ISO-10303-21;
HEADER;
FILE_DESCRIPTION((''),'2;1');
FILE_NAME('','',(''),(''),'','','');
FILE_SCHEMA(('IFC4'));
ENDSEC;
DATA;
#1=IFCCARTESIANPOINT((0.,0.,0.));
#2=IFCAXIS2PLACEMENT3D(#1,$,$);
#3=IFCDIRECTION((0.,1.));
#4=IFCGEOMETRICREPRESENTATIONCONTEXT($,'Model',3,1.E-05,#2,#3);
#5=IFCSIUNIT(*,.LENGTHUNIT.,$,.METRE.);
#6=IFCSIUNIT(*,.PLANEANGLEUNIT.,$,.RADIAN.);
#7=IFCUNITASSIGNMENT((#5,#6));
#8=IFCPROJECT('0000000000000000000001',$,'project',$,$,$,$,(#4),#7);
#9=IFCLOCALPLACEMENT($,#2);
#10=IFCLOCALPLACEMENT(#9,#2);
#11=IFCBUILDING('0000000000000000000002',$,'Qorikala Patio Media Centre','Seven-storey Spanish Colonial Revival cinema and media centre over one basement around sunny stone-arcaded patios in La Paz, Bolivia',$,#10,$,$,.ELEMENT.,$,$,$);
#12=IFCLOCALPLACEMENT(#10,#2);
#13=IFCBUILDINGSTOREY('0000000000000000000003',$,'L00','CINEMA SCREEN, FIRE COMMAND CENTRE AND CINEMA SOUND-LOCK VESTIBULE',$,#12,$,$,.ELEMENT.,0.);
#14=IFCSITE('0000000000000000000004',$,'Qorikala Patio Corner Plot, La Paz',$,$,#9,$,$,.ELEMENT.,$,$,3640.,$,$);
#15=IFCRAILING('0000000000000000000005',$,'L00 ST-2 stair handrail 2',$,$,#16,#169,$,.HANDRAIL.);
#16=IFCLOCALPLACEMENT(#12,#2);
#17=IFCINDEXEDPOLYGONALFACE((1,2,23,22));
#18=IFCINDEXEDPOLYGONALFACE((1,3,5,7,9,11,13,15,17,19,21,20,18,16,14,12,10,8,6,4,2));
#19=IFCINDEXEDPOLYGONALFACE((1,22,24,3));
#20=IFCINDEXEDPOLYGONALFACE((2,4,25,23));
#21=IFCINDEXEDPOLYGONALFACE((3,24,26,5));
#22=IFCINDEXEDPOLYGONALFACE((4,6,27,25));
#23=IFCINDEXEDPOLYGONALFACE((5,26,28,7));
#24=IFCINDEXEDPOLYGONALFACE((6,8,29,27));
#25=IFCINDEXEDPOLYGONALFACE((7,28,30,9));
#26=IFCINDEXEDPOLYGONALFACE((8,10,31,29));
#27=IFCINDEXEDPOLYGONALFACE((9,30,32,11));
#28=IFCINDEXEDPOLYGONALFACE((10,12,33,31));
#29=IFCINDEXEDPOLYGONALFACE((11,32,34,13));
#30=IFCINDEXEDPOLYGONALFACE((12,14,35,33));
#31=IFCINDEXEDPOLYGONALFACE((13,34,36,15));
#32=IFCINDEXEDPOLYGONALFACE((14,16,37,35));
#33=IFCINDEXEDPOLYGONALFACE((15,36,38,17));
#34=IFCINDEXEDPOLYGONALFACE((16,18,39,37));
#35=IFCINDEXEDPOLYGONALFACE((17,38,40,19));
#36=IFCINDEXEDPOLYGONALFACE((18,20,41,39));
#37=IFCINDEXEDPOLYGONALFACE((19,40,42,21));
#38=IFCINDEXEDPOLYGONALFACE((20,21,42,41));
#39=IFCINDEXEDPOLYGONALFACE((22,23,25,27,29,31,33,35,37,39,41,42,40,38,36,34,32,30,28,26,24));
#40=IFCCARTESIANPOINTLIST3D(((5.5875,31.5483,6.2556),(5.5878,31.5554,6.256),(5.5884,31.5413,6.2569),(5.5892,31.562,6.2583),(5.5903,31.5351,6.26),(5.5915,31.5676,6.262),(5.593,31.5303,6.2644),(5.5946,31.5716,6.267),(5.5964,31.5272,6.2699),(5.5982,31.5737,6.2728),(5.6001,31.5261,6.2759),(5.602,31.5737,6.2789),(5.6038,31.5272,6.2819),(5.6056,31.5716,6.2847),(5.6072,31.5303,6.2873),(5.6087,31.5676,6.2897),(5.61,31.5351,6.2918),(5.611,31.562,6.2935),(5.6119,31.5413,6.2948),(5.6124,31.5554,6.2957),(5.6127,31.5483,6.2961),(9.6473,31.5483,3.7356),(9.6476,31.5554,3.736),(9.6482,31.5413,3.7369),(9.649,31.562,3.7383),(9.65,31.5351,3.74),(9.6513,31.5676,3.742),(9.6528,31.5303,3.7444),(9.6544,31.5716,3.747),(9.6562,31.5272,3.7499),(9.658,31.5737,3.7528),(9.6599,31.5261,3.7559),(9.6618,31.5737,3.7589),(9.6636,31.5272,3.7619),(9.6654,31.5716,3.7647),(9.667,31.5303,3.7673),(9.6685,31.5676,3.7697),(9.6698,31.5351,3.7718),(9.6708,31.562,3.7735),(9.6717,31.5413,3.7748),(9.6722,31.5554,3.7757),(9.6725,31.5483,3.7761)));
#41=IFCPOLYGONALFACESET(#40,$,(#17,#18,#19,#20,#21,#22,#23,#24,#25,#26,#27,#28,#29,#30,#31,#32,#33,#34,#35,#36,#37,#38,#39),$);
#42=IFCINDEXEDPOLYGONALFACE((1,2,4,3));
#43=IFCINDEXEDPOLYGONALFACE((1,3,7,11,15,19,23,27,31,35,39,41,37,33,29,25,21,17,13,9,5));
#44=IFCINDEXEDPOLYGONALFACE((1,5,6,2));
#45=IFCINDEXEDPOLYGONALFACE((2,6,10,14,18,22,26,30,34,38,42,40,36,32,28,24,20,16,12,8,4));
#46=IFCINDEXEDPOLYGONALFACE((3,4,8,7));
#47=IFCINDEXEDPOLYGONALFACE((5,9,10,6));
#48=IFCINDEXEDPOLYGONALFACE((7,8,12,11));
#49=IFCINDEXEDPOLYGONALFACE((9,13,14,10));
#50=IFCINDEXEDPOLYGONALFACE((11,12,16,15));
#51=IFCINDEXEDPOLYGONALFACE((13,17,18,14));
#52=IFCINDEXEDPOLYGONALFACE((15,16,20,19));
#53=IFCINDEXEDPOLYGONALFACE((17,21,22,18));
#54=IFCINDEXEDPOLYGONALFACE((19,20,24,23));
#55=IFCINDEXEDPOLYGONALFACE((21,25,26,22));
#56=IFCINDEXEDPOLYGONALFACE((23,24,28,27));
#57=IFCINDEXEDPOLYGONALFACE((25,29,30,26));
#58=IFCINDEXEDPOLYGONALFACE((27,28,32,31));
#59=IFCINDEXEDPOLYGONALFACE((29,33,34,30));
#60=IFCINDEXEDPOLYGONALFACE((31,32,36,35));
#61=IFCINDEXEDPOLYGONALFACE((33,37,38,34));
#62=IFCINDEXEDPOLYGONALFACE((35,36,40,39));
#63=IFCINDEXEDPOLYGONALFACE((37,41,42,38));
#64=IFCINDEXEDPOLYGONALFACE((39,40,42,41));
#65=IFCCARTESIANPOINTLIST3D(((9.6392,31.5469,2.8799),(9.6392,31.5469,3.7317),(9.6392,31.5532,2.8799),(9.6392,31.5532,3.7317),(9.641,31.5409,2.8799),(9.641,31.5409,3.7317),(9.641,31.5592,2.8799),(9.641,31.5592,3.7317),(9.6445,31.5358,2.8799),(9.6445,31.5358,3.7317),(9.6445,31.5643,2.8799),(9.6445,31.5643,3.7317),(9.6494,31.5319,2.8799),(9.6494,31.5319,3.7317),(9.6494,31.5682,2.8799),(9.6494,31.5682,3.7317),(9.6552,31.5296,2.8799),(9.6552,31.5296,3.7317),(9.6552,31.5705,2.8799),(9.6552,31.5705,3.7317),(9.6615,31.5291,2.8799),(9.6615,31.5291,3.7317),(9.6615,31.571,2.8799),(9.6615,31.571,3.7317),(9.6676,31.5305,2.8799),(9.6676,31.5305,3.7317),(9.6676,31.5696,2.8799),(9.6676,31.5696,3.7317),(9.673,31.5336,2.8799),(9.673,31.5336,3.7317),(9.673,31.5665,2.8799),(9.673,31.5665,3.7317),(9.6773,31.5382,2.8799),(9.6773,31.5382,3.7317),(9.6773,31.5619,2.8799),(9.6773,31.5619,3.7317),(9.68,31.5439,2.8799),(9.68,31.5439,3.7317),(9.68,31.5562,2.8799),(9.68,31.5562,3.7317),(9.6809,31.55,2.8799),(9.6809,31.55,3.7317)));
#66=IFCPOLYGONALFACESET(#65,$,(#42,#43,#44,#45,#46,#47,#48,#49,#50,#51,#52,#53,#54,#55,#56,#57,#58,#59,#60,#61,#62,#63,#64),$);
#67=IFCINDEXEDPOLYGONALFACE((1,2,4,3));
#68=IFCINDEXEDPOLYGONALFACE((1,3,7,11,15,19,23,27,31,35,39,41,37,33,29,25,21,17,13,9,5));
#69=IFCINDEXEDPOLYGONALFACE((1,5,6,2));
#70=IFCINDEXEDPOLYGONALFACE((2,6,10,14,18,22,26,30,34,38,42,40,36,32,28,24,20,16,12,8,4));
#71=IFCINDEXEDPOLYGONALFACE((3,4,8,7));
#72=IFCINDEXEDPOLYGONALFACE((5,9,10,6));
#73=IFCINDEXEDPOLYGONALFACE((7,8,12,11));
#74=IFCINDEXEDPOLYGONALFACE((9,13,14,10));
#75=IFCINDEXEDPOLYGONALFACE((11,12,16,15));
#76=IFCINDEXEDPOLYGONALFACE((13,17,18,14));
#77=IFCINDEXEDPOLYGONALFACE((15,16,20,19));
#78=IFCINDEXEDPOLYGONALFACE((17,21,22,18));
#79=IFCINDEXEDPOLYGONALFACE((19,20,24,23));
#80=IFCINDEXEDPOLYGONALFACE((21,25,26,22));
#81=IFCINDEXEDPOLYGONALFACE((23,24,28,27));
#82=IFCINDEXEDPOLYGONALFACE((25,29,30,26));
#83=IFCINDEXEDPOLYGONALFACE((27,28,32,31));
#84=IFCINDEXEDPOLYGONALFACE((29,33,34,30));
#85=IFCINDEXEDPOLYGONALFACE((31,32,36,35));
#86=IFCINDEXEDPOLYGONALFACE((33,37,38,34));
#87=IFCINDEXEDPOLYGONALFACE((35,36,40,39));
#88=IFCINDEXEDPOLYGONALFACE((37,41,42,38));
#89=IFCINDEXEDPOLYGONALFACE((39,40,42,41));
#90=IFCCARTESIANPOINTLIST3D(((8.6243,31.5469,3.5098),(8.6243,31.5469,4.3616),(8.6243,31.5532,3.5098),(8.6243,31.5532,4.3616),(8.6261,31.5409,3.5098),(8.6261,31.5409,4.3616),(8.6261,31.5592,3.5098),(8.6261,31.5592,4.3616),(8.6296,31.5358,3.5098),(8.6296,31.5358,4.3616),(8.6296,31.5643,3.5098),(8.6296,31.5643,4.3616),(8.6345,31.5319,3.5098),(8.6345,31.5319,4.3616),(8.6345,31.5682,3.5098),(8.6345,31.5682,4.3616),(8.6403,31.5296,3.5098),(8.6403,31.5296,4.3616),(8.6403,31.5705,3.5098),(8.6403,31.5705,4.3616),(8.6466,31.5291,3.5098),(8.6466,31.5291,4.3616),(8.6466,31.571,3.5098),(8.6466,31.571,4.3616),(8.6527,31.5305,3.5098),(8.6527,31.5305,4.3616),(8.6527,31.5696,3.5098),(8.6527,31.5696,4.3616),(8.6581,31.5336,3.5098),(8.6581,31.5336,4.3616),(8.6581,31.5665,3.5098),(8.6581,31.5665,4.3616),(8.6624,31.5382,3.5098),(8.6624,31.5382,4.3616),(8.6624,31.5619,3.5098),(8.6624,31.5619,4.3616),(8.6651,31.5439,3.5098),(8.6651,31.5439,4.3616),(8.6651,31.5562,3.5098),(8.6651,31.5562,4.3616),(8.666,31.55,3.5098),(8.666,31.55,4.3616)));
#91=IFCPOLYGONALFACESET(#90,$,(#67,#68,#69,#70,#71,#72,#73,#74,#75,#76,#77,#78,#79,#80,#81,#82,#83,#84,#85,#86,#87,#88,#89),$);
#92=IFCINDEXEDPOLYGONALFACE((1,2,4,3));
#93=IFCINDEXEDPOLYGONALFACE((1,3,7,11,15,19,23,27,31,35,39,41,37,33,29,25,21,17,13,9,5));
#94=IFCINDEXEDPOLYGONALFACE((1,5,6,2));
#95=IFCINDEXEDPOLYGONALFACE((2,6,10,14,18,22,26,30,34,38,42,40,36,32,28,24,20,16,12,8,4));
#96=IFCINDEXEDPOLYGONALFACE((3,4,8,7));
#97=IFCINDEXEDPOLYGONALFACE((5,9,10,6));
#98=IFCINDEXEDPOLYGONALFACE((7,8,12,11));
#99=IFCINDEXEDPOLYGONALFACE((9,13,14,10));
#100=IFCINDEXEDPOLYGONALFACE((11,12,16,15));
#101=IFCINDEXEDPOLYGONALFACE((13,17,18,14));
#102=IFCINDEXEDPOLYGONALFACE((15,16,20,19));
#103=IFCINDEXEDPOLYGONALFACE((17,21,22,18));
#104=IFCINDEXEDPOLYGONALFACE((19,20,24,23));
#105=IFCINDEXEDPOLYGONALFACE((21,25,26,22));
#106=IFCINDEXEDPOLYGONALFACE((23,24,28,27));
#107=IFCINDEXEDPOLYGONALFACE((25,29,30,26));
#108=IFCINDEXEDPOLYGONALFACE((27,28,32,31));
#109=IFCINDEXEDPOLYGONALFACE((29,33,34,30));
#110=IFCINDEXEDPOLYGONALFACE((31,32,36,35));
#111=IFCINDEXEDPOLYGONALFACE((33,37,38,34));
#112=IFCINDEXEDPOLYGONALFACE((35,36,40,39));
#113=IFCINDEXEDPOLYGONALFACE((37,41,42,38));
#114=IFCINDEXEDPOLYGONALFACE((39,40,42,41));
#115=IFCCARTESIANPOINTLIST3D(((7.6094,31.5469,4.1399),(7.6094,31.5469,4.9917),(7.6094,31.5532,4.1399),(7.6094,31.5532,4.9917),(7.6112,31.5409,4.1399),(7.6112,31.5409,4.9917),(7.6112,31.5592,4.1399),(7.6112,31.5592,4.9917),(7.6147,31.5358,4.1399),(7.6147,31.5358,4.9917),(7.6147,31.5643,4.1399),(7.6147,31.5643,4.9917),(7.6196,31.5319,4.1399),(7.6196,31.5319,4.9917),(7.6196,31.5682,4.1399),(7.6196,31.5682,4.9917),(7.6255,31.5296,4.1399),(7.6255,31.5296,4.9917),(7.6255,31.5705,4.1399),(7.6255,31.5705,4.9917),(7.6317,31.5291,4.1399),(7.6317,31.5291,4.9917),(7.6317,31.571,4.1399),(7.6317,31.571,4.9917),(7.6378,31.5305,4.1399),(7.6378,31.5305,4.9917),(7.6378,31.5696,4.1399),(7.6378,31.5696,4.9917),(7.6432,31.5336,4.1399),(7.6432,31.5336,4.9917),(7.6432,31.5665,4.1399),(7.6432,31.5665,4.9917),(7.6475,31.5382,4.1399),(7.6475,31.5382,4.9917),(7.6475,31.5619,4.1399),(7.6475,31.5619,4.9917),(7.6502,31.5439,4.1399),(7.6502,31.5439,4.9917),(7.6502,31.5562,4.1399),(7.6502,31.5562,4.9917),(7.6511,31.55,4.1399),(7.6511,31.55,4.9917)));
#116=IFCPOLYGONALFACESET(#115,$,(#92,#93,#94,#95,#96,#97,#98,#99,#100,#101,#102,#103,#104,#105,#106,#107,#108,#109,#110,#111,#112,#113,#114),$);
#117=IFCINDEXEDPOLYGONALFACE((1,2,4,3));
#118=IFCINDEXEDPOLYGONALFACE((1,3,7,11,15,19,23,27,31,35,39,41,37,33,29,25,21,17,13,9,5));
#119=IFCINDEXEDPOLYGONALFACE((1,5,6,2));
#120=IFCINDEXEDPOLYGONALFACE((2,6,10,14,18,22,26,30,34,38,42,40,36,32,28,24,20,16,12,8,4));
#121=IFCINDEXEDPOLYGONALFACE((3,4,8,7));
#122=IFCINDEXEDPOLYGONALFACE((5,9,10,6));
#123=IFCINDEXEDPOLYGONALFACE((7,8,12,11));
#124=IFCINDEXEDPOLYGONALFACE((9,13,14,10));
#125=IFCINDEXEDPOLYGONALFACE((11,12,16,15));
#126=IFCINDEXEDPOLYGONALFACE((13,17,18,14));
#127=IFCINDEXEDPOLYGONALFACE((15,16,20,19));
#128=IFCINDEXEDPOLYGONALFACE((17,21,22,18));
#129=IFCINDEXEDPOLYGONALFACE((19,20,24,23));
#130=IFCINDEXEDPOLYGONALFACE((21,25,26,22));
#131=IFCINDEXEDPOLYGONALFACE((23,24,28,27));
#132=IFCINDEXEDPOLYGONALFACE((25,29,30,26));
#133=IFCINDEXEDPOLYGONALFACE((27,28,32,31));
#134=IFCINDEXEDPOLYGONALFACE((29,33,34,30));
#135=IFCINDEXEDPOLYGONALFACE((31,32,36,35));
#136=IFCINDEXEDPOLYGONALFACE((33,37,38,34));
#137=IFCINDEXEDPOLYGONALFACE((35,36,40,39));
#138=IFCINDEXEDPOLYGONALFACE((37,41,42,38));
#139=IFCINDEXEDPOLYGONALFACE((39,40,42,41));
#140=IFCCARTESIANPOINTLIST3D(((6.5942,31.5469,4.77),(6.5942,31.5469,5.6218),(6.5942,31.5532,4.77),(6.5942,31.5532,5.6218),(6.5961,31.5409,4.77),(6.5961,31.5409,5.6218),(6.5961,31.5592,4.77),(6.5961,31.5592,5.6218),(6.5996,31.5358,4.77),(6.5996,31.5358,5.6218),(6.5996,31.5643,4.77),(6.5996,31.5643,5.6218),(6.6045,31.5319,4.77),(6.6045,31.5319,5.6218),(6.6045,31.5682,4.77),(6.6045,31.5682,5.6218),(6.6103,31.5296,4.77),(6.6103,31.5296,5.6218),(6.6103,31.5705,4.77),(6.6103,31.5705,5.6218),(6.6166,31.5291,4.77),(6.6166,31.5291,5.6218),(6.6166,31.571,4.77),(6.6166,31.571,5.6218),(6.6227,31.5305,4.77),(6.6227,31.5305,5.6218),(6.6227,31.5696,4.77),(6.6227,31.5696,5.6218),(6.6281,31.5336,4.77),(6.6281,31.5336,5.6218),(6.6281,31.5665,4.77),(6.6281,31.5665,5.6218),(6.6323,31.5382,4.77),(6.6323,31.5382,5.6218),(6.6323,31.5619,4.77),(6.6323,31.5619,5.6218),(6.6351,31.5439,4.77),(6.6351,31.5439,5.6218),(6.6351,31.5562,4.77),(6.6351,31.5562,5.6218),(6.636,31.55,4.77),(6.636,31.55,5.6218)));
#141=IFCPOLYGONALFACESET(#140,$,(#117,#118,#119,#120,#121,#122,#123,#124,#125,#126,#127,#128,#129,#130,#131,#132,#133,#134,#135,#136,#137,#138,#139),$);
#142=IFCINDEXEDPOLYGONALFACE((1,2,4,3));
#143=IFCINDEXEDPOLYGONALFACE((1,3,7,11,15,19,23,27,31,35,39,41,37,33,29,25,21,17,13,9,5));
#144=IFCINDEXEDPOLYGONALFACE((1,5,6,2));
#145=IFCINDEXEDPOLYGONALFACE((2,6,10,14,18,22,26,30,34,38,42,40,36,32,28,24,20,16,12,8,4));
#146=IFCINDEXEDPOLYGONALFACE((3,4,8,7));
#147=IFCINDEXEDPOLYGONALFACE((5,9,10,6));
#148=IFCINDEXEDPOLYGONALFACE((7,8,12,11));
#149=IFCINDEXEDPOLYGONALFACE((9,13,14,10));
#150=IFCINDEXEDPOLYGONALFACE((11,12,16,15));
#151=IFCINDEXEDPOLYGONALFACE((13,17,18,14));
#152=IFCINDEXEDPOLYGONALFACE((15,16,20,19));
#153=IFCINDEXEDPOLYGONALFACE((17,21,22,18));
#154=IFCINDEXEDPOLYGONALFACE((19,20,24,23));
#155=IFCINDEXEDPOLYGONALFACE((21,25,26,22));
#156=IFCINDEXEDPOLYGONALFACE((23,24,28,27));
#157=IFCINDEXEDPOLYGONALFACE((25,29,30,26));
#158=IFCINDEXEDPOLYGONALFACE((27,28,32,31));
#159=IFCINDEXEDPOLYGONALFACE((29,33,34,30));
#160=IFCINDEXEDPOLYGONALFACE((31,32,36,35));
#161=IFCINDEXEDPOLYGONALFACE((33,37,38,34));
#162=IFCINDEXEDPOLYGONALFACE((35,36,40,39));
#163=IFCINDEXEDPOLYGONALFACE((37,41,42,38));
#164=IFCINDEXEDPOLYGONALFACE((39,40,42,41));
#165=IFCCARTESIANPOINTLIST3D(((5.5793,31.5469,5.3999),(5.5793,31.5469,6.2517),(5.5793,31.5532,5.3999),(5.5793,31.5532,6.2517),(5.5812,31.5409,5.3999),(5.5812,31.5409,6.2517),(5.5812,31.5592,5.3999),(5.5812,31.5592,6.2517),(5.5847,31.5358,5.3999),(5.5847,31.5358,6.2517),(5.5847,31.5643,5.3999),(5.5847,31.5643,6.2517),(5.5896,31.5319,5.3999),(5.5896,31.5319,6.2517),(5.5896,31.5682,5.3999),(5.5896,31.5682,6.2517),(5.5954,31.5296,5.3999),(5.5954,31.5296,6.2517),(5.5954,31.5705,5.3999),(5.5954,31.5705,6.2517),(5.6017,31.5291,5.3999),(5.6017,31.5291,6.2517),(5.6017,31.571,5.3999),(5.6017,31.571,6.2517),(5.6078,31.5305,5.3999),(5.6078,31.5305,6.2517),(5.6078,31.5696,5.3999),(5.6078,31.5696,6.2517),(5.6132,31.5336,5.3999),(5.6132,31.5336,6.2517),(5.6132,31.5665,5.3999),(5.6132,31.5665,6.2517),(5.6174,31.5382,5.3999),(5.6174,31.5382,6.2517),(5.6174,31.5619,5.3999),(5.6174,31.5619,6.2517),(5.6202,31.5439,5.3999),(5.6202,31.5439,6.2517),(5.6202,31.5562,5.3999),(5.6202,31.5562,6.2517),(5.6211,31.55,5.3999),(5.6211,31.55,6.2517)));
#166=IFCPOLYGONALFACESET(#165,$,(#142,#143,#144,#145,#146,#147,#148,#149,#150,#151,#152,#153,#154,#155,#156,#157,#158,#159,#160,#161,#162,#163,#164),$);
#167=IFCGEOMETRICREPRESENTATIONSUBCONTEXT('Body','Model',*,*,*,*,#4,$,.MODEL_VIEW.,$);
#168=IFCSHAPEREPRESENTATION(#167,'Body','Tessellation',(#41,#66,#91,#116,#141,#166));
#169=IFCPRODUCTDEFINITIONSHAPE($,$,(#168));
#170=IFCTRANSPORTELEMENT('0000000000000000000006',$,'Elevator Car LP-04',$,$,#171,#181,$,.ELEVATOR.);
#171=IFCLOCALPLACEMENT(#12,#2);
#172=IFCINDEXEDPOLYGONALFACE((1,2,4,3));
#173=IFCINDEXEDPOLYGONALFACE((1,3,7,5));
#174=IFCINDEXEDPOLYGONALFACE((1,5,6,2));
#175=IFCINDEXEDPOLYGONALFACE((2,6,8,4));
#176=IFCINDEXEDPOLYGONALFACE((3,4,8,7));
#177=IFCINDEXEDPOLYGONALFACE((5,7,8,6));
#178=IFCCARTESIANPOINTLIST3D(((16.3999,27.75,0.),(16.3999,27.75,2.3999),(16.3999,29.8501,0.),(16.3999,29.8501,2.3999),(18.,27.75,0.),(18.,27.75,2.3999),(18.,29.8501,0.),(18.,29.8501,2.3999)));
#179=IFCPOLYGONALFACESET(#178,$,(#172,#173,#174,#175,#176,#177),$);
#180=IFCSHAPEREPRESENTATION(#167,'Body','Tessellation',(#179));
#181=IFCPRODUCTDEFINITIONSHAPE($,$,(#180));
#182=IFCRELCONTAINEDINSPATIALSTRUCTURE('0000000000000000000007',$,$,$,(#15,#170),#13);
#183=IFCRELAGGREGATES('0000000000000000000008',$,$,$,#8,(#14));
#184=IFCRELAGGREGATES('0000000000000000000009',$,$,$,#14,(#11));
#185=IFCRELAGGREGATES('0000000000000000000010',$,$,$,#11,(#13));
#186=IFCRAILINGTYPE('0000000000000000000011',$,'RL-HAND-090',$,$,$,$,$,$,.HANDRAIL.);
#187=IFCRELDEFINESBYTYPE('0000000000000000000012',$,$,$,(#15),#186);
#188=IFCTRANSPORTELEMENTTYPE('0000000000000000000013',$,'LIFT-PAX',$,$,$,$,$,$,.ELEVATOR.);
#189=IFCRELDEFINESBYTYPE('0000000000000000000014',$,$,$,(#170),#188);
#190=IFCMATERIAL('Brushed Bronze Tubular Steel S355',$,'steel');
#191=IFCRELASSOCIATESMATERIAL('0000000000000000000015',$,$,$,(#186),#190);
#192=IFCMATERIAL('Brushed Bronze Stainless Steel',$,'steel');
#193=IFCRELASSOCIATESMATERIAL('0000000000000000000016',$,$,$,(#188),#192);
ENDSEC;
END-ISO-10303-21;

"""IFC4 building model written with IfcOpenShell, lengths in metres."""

from ifc_helpers import new_model, si_unit, direction, frame, origin, origin_2d, place, context, subcontext, project, spatial, rectangle, circle, extrude, material, type_object, element, save


model = new_model("IFC4")

# Units and contexts
model_context = context("Model", 3, precision=1e-05, world=origin(), true_north=direction((0.0, 1.0)))
body_context = subcontext(model_context, "Body", "Model", "MODEL_VIEW")
ifc_project = project(units=[si_unit("LENGTHUNIT", "METRE"), si_unit("PLANEANGLEUNIT", "RADIAN")], contexts=[model_context])

# Site, building, storey
site_placement = place(None, origin())
site = spatial("IfcSite", under=ifc_project, at=site_placement, Name="Qorikala Patio Corner Plot, La Paz", CompositionType="ELEMENT", RefElevation=3640.0)
building_placement = place(site_placement, origin())
building = spatial("IfcBuilding", under=site, at=building_placement, Name="Qorikala Patio Media Centre", Description="Seven-storey Spanish Colonial Revival cinema and media centre over one basement around sunny stone-arcaded patios in La Paz, Bolivia", CompositionType="ELEMENT")
storey_placement = place(building_placement, origin())
storey = spatial("IfcBuildingStorey", under=building, at=storey_placement, Name="L00", Description="CINEMA SCREEN, FIRE COMMAND CENTRE AND CINEMA SOUND-LOCK VESTIBULE", CompositionType="ELEMENT", Elevation=0.0)

# Shared definitions
ifc_material_1 = material(Name="Brushed Bronze Stainless Steel", Category="steel")

# Railing
ifc_material_2 = material(Name="Brushed Bronze Tubular Steel S355", Category="steel")
railing_type_1 = type_object("IfcRailingType", Name="RL-HAND-090", PredefinedType="HANDRAIL", material=ifc_material_2)
railing_1_placement = place(storey_placement, frame((9.6599, 31.55, 2.8799)))
element("IfcRailing", 1, at=railing_1_placement, inside=storey, type_object=railing_type_1, Name="L00 ST-2 stair handrail 2", PredefinedType="HANDRAIL", context=body_context, shape_type="SweptSolid", body=[
    extrude(circle(Radius=0.0239, at=origin_2d()), frame((0.0, 0.0, 0.876), z_axis=(-0.849628, 0.0, 0.527383), x_axis=(0.0, -1.0, 0.0)), (0.0, 0.0, 1.0), 4.7783),
    extrude(circle(Radius=0.021, at=origin_2d()), origin(), (0.0, 0.0, 1.0), 0.8518),
    extrude(circle(Radius=0.021, at=origin_2d()), frame((-1.0149, 0.0, 0.6299)), (0.0, 0.0, 1.0), 0.8518),
    extrude(circle(Radius=0.021, at=origin_2d()), frame((-2.0298, 0.0, 1.26)), (0.0, 0.0, 1.0), 0.8518),
    extrude(circle(Radius=0.021, at=origin_2d()), frame((-3.0449, 0.0, 1.8901)), (0.0, 0.0, 1.0), 0.8518),
    extrude(circle(Radius=0.021, at=origin_2d()), frame((-4.0598, 0.0, 2.52)), (0.0, 0.0, 1.0), 0.8518),
])

# Transport element
transport_element_type = type_object("IfcTransportElementType", Name="LIFT-PAX", PredefinedType="ELEVATOR", material=ifc_material_1)
transport_element_placement = place(storey_placement, frame((17.2, 28.8, 0.0), z_axis=(0.0, 0.0, 1.0), x_axis=(1.0, 0.0, 0.0)))
element("IfcTransportElement", 2, at=transport_element_placement, inside=storey, type_object=transport_element_type, Name="Elevator Car LP-04", PredefinedType="ELEVATOR", context=body_context, shape_type="SweptSolid", body=[
    extrude(rectangle(XDim=1.6001, YDim=2.1001, at=origin_2d()), origin(), (0.0, 0.0, 1.0), 2.3999),
])

save(model, "model.ifc")
